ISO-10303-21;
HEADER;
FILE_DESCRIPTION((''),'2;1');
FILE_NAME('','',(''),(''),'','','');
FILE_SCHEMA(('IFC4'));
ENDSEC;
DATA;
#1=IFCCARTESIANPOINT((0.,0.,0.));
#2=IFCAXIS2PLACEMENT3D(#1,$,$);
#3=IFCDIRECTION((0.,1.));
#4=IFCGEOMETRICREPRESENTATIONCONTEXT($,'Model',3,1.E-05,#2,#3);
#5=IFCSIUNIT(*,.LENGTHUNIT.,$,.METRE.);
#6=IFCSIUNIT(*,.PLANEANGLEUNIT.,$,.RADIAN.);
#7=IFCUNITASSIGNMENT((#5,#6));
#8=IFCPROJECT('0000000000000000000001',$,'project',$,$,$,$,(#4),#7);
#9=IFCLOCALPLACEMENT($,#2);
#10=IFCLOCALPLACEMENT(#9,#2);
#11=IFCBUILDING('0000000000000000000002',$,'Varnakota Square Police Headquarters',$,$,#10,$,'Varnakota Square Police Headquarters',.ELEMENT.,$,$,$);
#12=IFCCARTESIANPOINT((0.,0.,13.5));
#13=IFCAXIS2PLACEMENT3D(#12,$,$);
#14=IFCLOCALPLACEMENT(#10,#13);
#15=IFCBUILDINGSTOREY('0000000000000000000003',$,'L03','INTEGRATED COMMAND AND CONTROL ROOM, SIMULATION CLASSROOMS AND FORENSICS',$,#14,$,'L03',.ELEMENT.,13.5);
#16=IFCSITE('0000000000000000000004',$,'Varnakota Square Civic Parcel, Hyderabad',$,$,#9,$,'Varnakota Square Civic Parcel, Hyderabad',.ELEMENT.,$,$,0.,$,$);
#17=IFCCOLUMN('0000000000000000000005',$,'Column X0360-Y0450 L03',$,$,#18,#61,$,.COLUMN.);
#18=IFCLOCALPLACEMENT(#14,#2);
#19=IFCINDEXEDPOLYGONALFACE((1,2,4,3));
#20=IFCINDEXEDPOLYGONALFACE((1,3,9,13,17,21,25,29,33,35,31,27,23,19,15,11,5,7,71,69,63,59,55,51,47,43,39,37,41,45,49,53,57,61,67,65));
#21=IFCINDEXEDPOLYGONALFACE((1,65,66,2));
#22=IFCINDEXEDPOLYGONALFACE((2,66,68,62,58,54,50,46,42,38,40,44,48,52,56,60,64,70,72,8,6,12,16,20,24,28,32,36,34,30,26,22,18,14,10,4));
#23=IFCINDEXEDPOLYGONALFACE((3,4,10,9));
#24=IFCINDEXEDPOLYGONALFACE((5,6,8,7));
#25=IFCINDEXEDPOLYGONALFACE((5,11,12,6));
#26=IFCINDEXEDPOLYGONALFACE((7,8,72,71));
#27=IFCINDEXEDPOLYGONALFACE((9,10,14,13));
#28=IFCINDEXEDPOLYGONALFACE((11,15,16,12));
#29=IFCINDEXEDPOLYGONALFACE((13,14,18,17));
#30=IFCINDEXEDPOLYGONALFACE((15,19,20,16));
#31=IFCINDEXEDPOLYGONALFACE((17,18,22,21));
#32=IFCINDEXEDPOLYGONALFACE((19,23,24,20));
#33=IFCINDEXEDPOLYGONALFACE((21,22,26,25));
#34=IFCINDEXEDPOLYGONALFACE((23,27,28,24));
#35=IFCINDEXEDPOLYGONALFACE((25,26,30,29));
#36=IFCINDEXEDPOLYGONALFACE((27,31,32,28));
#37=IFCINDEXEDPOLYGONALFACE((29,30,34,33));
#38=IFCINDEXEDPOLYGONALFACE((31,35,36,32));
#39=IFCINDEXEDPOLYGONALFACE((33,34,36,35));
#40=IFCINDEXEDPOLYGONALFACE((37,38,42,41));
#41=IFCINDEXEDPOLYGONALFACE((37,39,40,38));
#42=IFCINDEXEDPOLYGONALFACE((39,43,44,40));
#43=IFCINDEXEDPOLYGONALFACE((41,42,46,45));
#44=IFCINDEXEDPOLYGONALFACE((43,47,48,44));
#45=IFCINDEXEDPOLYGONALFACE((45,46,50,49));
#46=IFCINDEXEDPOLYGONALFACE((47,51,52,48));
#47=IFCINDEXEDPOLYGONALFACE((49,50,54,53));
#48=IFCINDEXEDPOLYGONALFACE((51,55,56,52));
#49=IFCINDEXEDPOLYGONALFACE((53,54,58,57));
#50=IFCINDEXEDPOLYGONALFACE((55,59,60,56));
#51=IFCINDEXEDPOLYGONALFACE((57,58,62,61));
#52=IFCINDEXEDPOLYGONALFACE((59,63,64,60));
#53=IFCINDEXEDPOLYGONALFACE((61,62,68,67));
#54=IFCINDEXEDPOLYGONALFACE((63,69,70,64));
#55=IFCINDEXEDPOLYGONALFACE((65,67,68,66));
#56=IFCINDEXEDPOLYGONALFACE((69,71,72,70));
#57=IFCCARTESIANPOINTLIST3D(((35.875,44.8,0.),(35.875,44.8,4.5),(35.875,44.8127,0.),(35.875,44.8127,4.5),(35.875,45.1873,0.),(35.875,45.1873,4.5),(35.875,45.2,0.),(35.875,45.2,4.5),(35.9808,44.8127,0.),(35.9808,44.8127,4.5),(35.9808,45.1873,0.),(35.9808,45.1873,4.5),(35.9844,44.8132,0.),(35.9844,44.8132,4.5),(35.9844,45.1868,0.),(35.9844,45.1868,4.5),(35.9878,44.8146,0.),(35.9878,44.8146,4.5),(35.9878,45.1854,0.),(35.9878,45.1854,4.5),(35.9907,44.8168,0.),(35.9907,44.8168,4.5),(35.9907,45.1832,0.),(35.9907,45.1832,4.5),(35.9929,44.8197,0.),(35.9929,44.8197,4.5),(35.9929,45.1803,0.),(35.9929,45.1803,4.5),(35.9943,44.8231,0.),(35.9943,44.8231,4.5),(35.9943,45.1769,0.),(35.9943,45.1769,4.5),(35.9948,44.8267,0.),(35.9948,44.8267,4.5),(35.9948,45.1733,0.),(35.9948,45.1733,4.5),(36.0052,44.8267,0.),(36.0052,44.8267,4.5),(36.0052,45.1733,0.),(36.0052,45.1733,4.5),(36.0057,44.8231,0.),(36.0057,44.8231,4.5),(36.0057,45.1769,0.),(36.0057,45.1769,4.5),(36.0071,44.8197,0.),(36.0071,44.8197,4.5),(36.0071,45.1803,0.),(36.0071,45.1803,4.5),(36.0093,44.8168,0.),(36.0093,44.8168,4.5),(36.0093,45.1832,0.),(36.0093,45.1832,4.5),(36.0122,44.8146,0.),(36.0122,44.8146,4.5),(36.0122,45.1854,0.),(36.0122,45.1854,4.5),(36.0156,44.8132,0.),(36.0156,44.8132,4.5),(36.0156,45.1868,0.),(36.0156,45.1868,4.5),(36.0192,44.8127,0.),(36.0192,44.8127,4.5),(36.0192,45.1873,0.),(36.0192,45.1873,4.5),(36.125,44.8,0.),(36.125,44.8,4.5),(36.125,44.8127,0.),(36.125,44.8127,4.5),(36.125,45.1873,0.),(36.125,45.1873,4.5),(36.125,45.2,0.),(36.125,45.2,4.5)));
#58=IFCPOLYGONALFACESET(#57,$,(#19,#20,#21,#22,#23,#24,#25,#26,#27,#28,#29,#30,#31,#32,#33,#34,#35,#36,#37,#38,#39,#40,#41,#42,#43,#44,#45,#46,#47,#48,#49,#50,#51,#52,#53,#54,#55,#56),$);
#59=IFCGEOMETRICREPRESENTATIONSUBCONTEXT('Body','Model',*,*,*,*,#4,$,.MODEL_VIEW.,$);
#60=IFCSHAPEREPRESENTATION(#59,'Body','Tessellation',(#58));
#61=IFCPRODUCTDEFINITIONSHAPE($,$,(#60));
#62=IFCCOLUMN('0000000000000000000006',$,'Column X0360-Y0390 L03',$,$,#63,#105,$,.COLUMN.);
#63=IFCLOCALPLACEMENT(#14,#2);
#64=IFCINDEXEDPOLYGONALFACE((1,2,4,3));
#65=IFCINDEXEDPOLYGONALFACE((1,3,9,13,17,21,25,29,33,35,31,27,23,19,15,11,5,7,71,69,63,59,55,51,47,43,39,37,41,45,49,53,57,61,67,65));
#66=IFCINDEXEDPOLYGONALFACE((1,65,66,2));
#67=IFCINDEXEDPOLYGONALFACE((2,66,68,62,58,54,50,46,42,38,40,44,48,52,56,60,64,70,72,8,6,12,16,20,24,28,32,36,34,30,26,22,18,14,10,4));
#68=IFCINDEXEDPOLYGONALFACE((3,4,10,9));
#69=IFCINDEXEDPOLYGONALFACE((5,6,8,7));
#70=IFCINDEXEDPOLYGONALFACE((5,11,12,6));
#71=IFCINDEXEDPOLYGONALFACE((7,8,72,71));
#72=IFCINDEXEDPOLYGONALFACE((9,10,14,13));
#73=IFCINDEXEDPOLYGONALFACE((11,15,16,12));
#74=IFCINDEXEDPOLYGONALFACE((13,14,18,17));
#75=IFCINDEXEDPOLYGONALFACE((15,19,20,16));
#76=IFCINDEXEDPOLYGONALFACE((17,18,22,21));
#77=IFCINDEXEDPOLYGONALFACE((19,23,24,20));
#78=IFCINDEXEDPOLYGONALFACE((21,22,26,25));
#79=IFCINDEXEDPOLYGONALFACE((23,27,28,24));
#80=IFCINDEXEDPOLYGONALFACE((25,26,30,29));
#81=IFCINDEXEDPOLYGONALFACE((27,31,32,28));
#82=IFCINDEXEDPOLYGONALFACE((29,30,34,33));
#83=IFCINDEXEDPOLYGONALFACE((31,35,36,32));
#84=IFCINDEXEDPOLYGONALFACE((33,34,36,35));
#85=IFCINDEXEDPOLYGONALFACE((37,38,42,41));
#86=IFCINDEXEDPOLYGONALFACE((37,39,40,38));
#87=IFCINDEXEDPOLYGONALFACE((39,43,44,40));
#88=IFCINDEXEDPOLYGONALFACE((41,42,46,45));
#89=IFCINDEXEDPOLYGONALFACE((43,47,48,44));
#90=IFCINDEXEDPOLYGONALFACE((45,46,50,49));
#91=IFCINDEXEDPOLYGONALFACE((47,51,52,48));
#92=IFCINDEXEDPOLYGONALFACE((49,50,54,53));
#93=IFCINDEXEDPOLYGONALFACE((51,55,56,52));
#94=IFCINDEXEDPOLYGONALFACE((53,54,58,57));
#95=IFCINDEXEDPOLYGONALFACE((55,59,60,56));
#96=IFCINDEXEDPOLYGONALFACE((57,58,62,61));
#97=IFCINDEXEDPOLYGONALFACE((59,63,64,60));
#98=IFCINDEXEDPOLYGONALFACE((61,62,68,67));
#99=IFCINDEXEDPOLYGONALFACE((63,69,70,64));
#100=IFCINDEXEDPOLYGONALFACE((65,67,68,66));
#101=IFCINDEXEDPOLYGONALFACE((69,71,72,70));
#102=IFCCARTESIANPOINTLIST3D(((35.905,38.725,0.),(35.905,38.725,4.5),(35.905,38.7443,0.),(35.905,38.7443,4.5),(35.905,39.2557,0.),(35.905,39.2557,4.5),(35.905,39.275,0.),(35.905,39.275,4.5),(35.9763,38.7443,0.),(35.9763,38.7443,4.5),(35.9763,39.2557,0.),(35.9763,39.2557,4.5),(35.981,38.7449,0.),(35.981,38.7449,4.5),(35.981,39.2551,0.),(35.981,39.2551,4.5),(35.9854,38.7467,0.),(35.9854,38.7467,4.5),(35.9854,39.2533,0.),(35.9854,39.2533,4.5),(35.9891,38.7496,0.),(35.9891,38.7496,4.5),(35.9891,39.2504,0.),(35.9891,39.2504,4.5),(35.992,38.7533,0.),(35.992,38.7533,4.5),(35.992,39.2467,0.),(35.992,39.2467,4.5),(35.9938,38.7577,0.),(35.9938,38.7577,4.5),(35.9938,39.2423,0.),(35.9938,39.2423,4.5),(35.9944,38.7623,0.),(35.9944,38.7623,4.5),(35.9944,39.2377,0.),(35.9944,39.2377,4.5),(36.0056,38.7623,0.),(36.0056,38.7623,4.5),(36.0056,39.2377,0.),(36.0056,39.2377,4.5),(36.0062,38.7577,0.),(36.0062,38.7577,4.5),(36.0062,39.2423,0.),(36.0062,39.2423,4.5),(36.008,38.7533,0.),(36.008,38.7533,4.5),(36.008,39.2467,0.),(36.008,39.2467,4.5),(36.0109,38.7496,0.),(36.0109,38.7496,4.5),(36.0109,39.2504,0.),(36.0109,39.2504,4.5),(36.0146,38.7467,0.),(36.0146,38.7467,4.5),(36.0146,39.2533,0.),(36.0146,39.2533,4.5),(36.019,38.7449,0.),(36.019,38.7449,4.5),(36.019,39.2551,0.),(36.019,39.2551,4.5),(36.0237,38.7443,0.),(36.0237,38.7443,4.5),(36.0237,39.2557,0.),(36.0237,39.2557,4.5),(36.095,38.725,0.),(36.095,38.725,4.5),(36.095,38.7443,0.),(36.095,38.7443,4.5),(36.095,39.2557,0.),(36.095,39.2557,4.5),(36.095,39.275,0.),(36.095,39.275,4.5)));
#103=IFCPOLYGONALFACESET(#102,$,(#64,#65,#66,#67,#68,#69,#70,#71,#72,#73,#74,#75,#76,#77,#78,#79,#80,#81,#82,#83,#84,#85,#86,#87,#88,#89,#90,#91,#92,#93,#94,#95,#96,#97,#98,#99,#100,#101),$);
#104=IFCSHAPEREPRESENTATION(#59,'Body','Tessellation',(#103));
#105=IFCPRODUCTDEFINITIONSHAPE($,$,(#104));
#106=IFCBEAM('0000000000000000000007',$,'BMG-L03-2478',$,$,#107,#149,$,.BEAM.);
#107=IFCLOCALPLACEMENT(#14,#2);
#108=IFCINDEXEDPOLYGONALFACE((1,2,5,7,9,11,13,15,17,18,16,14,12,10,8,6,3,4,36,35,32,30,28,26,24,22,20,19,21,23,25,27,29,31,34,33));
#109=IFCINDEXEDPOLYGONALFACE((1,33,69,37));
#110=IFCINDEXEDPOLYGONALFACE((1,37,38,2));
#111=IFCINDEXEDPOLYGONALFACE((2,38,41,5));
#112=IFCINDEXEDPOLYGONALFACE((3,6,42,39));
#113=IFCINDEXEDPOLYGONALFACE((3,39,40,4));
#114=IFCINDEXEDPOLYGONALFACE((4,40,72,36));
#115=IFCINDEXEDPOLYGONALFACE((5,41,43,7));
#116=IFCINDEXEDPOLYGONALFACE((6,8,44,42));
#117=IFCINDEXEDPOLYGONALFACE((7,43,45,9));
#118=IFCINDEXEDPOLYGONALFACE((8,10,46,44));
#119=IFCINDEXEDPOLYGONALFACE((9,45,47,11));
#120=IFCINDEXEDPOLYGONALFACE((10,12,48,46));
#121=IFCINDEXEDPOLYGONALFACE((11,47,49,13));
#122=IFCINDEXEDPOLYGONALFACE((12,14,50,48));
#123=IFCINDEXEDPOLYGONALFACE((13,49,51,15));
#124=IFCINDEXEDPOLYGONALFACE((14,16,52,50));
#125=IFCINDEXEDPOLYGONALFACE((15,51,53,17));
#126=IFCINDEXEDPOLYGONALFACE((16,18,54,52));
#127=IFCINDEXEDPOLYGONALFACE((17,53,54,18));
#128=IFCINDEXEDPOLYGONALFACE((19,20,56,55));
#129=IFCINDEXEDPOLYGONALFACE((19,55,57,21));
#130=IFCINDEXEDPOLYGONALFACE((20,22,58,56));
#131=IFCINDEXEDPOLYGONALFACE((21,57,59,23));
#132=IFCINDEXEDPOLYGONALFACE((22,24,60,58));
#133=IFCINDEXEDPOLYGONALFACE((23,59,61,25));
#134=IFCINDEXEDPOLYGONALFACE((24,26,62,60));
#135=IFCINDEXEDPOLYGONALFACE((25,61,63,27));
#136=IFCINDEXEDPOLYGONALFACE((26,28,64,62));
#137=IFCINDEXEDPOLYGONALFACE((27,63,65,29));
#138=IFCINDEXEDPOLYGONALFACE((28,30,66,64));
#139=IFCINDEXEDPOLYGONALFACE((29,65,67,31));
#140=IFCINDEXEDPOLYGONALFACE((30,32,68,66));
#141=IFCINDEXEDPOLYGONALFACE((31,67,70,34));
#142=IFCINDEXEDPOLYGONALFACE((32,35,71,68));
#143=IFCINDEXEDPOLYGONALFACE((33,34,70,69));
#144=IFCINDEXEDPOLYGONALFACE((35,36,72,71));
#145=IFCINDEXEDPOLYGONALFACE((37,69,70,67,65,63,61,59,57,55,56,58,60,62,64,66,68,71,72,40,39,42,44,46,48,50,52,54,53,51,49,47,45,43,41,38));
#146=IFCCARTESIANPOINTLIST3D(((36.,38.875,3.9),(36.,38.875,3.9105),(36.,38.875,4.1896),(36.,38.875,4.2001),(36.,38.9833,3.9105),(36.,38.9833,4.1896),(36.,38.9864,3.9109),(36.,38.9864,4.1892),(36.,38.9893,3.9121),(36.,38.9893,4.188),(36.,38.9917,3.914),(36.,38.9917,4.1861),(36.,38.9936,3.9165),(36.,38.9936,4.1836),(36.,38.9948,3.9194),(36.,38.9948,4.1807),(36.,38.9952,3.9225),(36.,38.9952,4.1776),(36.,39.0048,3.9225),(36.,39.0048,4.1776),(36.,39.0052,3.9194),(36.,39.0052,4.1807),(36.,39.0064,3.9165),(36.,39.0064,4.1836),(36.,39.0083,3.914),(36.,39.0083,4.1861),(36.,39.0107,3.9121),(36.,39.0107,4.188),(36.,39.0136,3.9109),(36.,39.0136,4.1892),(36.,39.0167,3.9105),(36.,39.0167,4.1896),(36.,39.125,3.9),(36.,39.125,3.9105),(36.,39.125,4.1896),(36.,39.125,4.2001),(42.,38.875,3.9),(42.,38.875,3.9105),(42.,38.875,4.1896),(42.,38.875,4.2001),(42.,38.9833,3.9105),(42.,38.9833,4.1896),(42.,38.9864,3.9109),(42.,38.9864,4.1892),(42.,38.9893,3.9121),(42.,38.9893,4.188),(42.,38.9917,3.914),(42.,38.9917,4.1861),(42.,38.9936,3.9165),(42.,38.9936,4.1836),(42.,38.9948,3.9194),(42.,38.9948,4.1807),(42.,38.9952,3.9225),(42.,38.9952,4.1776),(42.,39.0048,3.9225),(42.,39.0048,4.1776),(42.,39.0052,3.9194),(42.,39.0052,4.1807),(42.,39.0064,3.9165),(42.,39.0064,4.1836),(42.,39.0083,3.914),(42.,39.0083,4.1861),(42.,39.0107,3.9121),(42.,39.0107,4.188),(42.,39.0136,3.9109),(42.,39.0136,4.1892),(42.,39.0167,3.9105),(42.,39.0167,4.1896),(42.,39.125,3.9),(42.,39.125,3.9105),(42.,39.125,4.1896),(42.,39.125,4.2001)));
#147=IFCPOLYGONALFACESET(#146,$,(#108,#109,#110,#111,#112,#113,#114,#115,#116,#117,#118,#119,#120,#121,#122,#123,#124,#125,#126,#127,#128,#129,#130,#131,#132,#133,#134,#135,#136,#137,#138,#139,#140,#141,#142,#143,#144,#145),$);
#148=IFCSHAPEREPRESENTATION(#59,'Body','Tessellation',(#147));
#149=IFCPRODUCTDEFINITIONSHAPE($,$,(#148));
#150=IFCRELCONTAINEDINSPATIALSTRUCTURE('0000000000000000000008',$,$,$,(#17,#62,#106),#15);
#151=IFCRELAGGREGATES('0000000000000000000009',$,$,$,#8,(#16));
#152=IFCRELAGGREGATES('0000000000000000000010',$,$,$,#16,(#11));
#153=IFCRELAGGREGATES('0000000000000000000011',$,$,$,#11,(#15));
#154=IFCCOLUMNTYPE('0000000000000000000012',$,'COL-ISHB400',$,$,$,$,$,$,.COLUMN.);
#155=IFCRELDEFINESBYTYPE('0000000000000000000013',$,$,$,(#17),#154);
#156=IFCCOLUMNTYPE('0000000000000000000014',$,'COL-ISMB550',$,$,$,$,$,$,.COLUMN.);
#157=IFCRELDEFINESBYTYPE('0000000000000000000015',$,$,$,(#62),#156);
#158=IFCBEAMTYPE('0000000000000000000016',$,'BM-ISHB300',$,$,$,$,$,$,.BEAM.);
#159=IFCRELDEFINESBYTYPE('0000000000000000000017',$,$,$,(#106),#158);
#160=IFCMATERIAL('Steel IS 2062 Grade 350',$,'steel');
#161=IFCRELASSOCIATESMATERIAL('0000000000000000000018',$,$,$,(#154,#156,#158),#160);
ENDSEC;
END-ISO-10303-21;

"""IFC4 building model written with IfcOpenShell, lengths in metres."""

from ifc_helpers import new_model, si_unit, direction, frame, origin, origin_2d, place, context, subcontext, project, spatial, i_section, extrude, material, material_profile, profile_set, type_object, element, save


model = new_model("IFC4")

# Units and contexts
model_context = context("Model", 3, precision=1e-05, world=origin(), true_north=direction((0.0, 1.0)))
body_context = subcontext(model_context, "Body", "Model", "MODEL_VIEW")
ifc_project = project(units=[si_unit("LENGTHUNIT", "METRE"), si_unit("PLANEANGLEUNIT", "RADIAN")], contexts=[model_context])

# Site, building, storey
site_placement = place(None, origin())
site = spatial("IfcSite", under=ifc_project, at=site_placement, Name="Varnakota Square Civic Parcel, Hyderabad", LongName="Varnakota Square Civic Parcel, Hyderabad", CompositionType="ELEMENT", RefElevation=0.0)
building_placement = place(site_placement, origin())
building = spatial("IfcBuilding", under=site, at=building_placement, Name="Varnakota Square Police Headquarters", LongName="Varnakota Square Police Headquarters", CompositionType="ELEMENT")
storey_placement = place(building_placement, frame((0.0, 0.0, 13.5)))
storey = spatial("IfcBuildingStorey", under=building, at=storey_placement, Name="L03", Description="INTEGRATED COMMAND AND CONTROL ROOM, SIMULATION CLASSROOMS AND FORENSICS", LongName="L03", CompositionType="ELEMENT", Elevation=13.5)

# Columns
ifc_material_1 = material(Name="Steel IS 2062 Grade 350", Category="steel")
ifc_material_profile_1 = material_profile(ifc_material_1, i_section(OverallWidth=0.25, OverallDepth=0.3999, WebThickness=0.0105, FlangeThickness=0.0127, FilletRadius=0.0139, at=origin_2d()), Name="ISHB 400")
ifc_profile_set_1 = profile_set([ifc_material_profile_1], Name="Steel IS 2062 Grade 350")
column_type_1 = type_object("IfcColumnType", Name="COL-ISHB400", PredefinedType="COLUMN", material=ifc_profile_set_1)
column_1_placement = place(storey_placement, frame((36.0, 45.0, 0.0), z_axis=(0.0, 0.0, 1.0), x_axis=(1.0, 0.0, 0.0)))
element("IfcColumn", 1, at=column_1_placement, inside=storey, type_object=column_type_1, Name="Column X0360-Y0450 L03", PredefinedType="COLUMN", context=body_context, shape_type="SweptSolid", body=[
    extrude(i_section(OverallWidth=0.25, OverallDepth=0.3999, WebThickness=0.0105, FlangeThickness=0.0127, FilletRadius=0.0139, at=origin_2d()), origin(), (0.0, 0.0, 1.0), 4.5),
])
ifc_material_profile_2 = material_profile(ifc_material_1, i_section(OverallWidth=0.1899, OverallDepth=0.55, WebThickness=0.0112, FlangeThickness=0.0193, FilletRadius=0.0181, at=origin_2d()), Name="ISMB 550")
ifc_profile_set_2 = profile_set([ifc_material_profile_2], Name="Steel IS 2062 Grade 350")
column_type_2 = type_object("IfcColumnType", Name="COL-ISMB550", PredefinedType="COLUMN", material=ifc_profile_set_2)
column_2_placement = place(storey_placement, frame((36.0, 39.0, 0.0), z_axis=(0.0, 0.0, 1.0), x_axis=(1.0, 0.0, 0.0)))
element("IfcColumn", 2, at=column_2_placement, inside=storey, type_object=column_type_2, Name="Column X0360-Y0390 L03", PredefinedType="COLUMN", context=body_context, shape_type="SweptSolid", body=[
    extrude(i_section(OverallWidth=0.1899, OverallDepth=0.55, WebThickness=0.0112, FlangeThickness=0.0193, FilletRadius=0.0181, at=origin_2d()), origin(), (0.0, 0.0, 1.0), 4.5),
])

# Beam
ifc_material_profile_3 = material_profile(ifc_material_1, i_section(OverallWidth=0.25, OverallDepth=0.3, WebThickness=0.0095, FlangeThickness=0.0105, FilletRadius=0.012, at=origin_2d()), Name="ISHB 300")
ifc_profile_set_3 = profile_set([ifc_material_profile_3], Name="Steel IS 2062 Grade 350")
beam_type_1 = type_object("IfcBeamType", Name="BM-ISHB300", PredefinedType="BEAM", material=ifc_profile_set_3)
beam_1_placement = place(storey_placement, frame((36.0, 39.0, 4.05), z_axis=(1.0, 0.0, 0.0), x_axis=(0.0, 1.0, 0.0)))
element("IfcBeam", 3, at=beam_1_placement, inside=storey, type_object=beam_type_1, Name="BMG-L03-2478", PredefinedType="BEAM", context=body_context, shape_type="SweptSolid", body=[
    extrude(i_section(OverallWidth=0.25, OverallDepth=0.3, WebThickness=0.0095, FlangeThickness=0.0105, FilletRadius=0.012, at=origin_2d()), origin(), (0.0, 0.0, 1.0), 6.0),
])

save(model, "model.ifc")
